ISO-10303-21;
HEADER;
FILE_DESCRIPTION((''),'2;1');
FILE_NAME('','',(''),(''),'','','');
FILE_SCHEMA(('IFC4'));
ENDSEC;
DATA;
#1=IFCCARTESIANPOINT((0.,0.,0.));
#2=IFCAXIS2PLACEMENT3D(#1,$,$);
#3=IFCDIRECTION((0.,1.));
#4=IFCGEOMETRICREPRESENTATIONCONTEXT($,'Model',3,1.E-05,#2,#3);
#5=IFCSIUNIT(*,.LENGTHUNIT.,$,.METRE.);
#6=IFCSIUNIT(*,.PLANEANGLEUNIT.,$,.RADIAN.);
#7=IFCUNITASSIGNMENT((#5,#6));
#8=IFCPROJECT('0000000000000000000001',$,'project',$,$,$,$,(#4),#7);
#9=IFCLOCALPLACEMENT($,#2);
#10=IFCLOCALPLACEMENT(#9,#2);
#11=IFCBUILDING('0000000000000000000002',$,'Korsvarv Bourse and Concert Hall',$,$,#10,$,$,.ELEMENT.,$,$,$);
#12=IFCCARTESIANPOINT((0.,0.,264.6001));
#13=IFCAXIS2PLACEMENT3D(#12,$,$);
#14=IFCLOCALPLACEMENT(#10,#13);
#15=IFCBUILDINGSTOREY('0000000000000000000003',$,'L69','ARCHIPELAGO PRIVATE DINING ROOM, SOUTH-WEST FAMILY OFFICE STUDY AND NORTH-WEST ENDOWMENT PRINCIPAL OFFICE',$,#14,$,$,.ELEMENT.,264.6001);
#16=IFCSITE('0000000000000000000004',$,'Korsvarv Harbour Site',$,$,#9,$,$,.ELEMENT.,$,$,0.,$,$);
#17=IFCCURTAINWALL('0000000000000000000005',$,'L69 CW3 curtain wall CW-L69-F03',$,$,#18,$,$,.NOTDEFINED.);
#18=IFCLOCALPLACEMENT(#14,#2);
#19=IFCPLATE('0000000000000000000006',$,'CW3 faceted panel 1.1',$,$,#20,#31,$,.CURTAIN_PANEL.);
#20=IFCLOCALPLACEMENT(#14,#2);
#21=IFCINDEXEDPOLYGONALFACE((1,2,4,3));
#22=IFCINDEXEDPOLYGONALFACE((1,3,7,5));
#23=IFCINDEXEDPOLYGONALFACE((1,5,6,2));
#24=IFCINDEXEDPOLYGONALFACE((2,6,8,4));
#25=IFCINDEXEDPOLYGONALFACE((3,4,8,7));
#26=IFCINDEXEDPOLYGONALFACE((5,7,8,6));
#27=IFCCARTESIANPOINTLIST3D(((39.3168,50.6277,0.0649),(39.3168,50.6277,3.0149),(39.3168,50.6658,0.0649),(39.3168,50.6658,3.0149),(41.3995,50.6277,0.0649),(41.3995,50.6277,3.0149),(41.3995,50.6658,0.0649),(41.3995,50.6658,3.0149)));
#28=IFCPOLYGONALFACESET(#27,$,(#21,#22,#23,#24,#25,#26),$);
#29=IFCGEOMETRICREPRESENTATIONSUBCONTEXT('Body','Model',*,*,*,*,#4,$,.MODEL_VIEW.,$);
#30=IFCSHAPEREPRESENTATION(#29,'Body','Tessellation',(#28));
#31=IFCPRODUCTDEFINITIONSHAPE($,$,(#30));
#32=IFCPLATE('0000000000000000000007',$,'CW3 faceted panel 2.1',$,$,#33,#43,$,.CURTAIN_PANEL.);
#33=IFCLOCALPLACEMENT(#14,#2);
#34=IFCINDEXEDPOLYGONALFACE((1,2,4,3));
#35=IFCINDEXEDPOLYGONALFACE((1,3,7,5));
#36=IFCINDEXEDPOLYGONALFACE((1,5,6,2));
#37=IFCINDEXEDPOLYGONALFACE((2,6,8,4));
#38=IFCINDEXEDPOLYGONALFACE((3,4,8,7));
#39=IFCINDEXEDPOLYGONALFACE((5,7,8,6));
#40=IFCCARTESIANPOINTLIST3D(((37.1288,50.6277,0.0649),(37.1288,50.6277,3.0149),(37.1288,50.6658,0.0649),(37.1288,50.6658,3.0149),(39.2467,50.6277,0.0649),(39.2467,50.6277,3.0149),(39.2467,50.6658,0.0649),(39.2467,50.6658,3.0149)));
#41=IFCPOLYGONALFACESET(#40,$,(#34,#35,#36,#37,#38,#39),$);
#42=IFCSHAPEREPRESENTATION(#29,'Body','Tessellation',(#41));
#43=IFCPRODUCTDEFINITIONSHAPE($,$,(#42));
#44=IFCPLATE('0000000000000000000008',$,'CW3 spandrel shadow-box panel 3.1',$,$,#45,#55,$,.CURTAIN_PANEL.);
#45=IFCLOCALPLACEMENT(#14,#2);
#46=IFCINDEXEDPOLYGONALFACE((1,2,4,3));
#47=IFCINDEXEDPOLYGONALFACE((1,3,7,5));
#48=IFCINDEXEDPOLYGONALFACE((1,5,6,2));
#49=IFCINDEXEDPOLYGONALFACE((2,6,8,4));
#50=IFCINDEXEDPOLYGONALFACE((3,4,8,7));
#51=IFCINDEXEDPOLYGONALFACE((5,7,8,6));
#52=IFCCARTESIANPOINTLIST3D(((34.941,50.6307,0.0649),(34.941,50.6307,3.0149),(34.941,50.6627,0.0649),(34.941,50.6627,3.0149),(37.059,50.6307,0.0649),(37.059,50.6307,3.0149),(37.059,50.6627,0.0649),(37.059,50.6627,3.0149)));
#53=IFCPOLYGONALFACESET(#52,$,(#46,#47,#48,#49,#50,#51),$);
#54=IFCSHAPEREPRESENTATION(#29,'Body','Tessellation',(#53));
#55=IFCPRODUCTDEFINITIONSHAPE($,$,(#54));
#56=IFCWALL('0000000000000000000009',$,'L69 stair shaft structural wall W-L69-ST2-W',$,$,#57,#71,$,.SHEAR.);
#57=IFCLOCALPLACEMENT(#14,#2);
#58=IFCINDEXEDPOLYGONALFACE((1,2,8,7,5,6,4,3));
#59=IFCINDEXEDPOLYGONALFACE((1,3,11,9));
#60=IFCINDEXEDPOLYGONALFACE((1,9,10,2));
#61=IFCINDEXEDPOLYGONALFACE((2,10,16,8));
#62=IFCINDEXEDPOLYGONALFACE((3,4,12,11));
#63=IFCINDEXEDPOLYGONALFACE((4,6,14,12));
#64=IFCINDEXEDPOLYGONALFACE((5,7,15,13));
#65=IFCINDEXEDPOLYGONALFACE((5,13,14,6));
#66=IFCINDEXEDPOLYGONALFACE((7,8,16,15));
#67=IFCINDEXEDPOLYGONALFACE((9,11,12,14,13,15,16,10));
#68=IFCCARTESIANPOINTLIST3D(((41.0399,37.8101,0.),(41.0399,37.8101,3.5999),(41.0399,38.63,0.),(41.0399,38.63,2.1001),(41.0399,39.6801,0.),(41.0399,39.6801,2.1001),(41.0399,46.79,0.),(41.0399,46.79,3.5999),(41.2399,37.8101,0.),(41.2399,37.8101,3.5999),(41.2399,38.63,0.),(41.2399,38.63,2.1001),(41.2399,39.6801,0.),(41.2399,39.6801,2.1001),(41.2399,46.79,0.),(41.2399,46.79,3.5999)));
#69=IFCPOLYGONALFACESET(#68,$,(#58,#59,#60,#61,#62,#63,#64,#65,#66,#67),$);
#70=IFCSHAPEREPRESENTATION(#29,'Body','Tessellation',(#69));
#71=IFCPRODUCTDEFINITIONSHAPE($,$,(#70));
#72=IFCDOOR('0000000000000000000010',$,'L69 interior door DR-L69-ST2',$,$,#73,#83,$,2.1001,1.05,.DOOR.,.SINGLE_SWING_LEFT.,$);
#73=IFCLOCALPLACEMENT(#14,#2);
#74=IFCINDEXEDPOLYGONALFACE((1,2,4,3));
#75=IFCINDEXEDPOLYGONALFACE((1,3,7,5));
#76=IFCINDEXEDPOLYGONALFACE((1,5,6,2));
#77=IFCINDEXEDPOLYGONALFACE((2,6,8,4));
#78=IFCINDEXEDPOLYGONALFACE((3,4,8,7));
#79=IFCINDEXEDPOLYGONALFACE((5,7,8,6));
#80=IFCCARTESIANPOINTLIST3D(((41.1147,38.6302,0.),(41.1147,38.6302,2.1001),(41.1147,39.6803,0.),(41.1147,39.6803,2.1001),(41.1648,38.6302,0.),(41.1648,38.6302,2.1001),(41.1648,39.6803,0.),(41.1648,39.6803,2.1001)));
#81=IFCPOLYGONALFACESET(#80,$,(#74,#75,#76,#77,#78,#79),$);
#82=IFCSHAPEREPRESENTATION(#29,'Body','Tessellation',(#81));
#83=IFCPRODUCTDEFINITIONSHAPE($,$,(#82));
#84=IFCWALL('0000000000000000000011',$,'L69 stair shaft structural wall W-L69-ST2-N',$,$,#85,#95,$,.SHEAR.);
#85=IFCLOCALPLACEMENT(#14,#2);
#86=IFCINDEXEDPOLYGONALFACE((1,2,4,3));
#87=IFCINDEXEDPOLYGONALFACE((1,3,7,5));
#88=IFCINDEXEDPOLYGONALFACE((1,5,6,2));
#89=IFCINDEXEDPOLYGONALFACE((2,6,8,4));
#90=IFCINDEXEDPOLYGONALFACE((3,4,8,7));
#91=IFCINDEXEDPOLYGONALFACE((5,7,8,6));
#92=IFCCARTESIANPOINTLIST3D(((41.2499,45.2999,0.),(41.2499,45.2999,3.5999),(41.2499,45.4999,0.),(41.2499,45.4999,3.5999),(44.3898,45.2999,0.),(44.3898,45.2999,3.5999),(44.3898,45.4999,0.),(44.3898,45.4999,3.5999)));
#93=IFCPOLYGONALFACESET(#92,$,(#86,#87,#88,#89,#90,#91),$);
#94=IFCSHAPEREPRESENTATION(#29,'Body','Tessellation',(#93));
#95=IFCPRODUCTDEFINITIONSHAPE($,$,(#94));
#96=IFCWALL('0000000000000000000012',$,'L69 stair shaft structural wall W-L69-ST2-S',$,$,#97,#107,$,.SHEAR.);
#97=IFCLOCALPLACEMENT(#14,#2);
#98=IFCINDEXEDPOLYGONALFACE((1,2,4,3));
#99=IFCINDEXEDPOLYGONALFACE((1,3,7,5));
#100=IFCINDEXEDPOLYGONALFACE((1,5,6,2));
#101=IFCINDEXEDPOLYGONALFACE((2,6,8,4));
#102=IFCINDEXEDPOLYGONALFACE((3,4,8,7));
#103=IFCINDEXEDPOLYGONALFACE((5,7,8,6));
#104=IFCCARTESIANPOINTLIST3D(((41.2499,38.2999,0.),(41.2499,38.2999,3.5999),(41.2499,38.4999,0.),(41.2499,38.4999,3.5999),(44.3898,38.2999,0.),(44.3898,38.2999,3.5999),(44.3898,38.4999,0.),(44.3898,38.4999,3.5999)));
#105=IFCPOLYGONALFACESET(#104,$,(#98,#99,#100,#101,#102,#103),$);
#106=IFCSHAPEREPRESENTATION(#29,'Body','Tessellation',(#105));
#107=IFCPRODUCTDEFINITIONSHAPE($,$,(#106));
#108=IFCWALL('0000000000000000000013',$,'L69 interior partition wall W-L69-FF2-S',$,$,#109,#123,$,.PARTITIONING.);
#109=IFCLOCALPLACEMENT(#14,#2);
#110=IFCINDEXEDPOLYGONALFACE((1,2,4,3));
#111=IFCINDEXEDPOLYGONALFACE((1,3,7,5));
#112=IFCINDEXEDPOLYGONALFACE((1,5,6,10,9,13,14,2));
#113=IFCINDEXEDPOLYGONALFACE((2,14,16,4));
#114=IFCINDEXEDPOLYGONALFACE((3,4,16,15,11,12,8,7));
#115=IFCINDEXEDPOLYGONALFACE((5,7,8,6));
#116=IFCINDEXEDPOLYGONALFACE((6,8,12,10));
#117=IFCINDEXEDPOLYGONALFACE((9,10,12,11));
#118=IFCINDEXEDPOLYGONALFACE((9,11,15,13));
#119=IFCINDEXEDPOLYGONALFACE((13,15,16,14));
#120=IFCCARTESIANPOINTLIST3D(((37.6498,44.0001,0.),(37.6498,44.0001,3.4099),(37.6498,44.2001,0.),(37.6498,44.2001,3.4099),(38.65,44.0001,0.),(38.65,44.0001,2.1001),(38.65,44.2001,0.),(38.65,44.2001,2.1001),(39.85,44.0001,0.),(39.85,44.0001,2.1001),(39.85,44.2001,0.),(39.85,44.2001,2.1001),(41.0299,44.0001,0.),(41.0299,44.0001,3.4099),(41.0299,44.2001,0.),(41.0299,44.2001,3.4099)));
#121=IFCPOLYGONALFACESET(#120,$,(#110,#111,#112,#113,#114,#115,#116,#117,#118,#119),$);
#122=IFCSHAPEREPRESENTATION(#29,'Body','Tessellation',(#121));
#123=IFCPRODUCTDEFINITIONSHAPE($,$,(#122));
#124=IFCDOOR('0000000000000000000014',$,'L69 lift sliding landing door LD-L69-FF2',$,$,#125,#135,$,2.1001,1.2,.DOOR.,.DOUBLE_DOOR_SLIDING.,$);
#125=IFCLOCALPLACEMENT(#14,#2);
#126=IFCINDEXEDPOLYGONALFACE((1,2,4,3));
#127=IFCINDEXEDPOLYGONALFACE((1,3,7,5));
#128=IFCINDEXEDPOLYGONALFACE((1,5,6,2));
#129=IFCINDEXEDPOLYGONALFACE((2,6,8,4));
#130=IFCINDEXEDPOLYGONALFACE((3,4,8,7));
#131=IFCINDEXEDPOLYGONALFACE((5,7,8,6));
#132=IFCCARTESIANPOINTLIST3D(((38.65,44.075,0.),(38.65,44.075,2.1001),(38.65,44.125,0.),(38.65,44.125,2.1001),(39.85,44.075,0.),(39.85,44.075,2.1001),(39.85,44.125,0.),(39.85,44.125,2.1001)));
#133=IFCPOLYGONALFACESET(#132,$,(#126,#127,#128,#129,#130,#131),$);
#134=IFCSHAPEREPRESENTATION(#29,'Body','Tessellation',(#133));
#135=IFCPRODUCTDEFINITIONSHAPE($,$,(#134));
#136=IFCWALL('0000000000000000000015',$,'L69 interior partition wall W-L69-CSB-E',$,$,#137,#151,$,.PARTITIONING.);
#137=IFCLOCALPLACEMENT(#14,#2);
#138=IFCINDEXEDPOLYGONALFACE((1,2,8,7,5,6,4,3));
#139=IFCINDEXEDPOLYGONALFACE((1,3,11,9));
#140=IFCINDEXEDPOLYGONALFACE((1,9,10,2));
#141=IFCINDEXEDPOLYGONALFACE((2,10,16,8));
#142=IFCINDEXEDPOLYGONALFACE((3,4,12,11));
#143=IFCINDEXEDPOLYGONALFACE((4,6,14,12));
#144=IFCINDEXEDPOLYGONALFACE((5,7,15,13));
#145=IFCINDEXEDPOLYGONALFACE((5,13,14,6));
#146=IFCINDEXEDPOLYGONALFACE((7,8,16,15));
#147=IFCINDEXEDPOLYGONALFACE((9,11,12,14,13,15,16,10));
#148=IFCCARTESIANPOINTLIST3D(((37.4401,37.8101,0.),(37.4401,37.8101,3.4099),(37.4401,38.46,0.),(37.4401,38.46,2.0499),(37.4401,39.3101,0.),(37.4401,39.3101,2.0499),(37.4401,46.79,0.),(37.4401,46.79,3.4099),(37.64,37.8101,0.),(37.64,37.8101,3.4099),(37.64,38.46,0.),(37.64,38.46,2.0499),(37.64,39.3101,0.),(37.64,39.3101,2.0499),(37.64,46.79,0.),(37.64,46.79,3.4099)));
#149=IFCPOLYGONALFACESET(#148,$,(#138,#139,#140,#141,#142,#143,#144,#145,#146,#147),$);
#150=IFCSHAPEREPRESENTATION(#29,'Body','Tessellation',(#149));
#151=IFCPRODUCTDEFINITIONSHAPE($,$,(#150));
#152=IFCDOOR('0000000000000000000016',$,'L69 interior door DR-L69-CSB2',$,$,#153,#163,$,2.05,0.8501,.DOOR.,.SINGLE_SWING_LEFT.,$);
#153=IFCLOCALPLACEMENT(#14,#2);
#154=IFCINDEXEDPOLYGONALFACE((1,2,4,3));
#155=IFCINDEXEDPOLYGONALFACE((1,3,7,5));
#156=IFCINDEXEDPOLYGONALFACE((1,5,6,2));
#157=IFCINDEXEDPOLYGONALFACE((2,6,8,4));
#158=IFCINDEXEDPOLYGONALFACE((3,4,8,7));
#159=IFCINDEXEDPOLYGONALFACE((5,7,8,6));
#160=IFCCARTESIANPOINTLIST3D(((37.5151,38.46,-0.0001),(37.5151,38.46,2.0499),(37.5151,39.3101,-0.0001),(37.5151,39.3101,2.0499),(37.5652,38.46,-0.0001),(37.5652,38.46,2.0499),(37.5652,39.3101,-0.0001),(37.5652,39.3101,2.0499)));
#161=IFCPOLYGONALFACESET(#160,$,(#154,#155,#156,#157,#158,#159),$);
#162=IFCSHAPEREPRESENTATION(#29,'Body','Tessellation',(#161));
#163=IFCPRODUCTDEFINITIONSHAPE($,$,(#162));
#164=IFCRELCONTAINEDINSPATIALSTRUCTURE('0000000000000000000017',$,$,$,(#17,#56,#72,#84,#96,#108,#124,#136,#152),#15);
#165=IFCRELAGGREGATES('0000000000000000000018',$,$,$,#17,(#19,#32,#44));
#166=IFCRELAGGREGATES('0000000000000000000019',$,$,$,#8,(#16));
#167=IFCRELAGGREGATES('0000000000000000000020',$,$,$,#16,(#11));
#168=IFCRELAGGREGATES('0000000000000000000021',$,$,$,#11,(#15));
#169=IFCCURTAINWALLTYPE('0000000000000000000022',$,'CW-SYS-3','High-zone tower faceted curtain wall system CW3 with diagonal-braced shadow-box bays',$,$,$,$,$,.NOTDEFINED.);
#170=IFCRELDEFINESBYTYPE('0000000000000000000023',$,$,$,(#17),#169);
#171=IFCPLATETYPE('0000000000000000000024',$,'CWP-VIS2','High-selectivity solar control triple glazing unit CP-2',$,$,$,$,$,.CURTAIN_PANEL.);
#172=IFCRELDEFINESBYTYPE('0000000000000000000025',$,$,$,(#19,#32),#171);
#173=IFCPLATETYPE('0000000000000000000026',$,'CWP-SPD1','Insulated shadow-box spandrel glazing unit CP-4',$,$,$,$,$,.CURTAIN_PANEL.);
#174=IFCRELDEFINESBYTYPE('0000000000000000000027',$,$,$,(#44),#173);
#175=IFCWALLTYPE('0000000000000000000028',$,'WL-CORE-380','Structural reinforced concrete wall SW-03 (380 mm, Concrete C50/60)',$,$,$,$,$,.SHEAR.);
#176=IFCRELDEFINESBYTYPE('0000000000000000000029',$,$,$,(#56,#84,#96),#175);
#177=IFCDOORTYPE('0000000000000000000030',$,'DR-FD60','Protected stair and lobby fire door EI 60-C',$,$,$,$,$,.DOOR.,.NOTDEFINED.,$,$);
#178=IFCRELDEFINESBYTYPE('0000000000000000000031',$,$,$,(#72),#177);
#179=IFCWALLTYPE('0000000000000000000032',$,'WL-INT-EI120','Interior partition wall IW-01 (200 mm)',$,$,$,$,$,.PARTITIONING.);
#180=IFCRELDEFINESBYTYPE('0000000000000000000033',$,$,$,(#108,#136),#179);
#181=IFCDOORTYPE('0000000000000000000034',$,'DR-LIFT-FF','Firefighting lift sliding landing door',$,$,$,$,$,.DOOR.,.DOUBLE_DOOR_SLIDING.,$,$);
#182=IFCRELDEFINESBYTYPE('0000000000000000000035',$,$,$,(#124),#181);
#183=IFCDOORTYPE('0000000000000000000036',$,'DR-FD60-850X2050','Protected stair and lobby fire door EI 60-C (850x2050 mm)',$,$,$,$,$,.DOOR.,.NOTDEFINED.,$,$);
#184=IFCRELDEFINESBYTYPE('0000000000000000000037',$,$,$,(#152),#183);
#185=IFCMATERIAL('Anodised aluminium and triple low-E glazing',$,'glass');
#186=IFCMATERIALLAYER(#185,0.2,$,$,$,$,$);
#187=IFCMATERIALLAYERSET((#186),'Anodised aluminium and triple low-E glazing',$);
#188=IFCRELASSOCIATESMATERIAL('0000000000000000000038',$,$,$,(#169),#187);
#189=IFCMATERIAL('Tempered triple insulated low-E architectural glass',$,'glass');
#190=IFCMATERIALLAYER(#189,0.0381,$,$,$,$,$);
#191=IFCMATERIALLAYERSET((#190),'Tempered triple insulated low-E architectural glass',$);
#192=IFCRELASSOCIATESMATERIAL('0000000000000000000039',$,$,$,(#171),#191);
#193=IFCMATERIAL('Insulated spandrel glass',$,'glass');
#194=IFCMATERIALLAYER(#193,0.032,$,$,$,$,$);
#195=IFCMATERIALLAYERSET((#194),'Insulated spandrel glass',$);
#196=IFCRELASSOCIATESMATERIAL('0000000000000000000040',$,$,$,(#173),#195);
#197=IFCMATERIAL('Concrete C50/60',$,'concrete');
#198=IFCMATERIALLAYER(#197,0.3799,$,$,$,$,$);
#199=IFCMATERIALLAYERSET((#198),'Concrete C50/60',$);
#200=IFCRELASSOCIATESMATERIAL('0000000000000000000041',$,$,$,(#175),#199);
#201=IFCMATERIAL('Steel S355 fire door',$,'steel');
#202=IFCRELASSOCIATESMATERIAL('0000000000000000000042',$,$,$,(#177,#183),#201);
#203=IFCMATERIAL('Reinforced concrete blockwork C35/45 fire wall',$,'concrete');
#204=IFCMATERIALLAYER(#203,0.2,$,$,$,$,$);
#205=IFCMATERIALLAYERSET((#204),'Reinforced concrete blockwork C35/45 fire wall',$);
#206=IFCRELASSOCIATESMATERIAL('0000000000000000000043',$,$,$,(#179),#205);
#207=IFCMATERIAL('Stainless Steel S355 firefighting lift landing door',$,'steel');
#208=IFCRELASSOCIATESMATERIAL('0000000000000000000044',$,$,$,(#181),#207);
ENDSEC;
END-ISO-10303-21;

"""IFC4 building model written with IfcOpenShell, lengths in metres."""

from ifc_helpers import new_model, si_unit, direction, frame, frame_2d, origin, origin_2d, place, context, subcontext, project, spatial, rectangle, extrude, source, transform, mapped, material, layer, layer_set, type_object, element, fill, aggregate, save


model = new_model("IFC4")

# Units and contexts
model_context = context("Model", 3, precision=1e-05, world=origin(), true_north=direction((0.0, 1.0)))
body_context = subcontext(model_context, "Body", "Model", "MODEL_VIEW")
ifc_project = project(units=[si_unit("LENGTHUNIT", "METRE"), si_unit("PLANEANGLEUNIT", "RADIAN")], contexts=[model_context])

# Site, building, storey
site_placement = place(None, origin())
site = spatial("IfcSite", under=ifc_project, at=site_placement, Name="Korsvarv Harbour Site", CompositionType="ELEMENT", RefElevation=0.0)
building_placement = place(site_placement, origin())
building = spatial("IfcBuilding", under=site, at=building_placement, Name="Korsvarv Bourse and Concert Hall", CompositionType="ELEMENT")
storey_placement = place(building_placement, frame((0.0, 0.0, 264.6001)))
storey = spatial("IfcBuildingStorey", under=building, at=storey_placement, Name="L69", Description="ARCHIPELAGO PRIVATE DINING ROOM, SOUTH-WEST FAMILY OFFICE STUDY AND NORTH-WEST ENDOWMENT PRINCIPAL OFFICE", CompositionType="ELEMENT", Elevation=264.6001)

# Shared definitions
ifc_material_1 = material(Name="Concrete C50/60", Category="concrete")

# Curtain wall, plates
ifc_material_2 = material(Name="Anodised aluminium and triple low-E glazing", Category="glass")
ifc_layer_1 = layer(ifc_material_2, 0.2)
ifc_layer_set_1 = layer_set([ifc_layer_1], Name="Anodised aluminium and triple low-E glazing")
curtain_wall_type = type_object("IfcCurtainWallType", Name="CW-SYS-3", Description="High-zone tower faceted curtain wall system CW3 with diagonal-braced shadow-box bays", PredefinedType="NOTDEFINED", material=ifc_layer_set_1)
curtain_wall_placement = place(storey_placement, origin())
curtain_wall = element("IfcCurtainWall", 1, at=curtain_wall_placement, inside=storey, type_object=curtain_wall_type, Name="L69 CW3 curtain wall CW-L69-F03", PredefinedType="NOTDEFINED")
ifc_material_3 = material(Name="Tempered triple insulated low-E architectural glass", Category="glass")
ifc_layer_2 = layer(ifc_material_3, 0.0381)
ifc_layer_set_2 = layer_set([ifc_layer_2], Name="Tempered triple insulated low-E architectural glass")
plate_type_1 = type_object("IfcPlateType", Name="CWP-VIS2", Description="High-selectivity solar control triple glazing unit CP-2", PredefinedType="CURTAIN_PANEL", material=ifc_layer_set_2)
shared_shape_1 = source(origin(), body_context, "Body", "SweptSolid", [
    extrude(rectangle(XDim=2.0828, YDim=0.0381, at=origin_2d()), origin(), (0.0, 0.0, 1.0), 2.95),
])
plate_1_placement = place(storey_placement, frame((40.3582, 50.6467, 0.0649), z_axis=(0.0, 0.0, 1.0), x_axis=(-1.0, 0.0, 0.0)))
plate_1 = element("IfcPlate", 2, at=plate_1_placement, type_object=plate_type_1, Name="CW3 faceted panel 1.1", PredefinedType="CURTAIN_PANEL", context=body_context, shape_type="MappedRepresentation", body=[
    mapped(shared_shape_1, transform((0.0, 0.0, 0.0), scale=1.0)),
])
shared_shape_2 = source(origin(), body_context, "Body", "SweptSolid", [
    extrude(rectangle(XDim=2.1179, YDim=0.0381, at=origin_2d()), origin(), (0.0, 0.0, 1.0), 2.95),
])
plate_2_placement = place(storey_placement, frame((38.1877, 50.6467, 0.0649), z_axis=(0.0, 0.0, 1.0), x_axis=(-1.0, 0.0, 0.0)))
plate_2 = element("IfcPlate", 3, at=plate_2_placement, type_object=plate_type_1, Name="CW3 faceted panel 2.1", PredefinedType="CURTAIN_PANEL", context=body_context, shape_type="MappedRepresentation", body=[
    mapped(shared_shape_2, transform((0.0, 0.0, 0.0), scale=1.0)),
])
ifc_material_4 = material(Name="Insulated spandrel glass", Category="glass")
ifc_layer_3 = layer(ifc_material_4, 0.032)
ifc_layer_set_3 = layer_set([ifc_layer_3], Name="Insulated spandrel glass")
plate_type_2 = type_object("IfcPlateType", Name="CWP-SPD1", Description="Insulated shadow-box spandrel glazing unit CP-4", PredefinedType="CURTAIN_PANEL", material=ifc_layer_set_3)
shared_shape_3 = source(origin(), body_context, "Body", "SweptSolid", [
    extrude(rectangle(XDim=2.1179, YDim=0.032, at=origin_2d()), origin(), (0.0, 0.0, 1.0), 2.95),
])
plate_3_placement = place(storey_placement, frame((36.0, 50.6467, 0.0649), z_axis=(0.0, 0.0, 1.0), x_axis=(-1.0, 0.0, 0.0)))
plate_3 = element("IfcPlate", 4, at=plate_3_placement, type_object=plate_type_2, Name="CW3 spandrel shadow-box panel 3.1", PredefinedType="CURTAIN_PANEL", context=body_context, shape_type="MappedRepresentation", body=[
    mapped(shared_shape_3, transform((0.0, 0.0, 0.0), scale=1.0)),
])
aggregate(curtain_wall, [plate_1, plate_2, plate_3])

# Wall, opening, door
ifc_layer_4 = layer(ifc_material_1, 0.3799)
ifc_layer_set_4 = layer_set([ifc_layer_4], Name="Concrete C50/60")
wall_type_1 = type_object("IfcWallType", Name="WL-CORE-380", Description="Structural reinforced concrete wall SW-03 (380 mm, Concrete C50/60)", PredefinedType="SHEAR", material=ifc_layer_set_4)
wall_1_placement = place(storey_placement, frame((41.1399, 37.8101, 0.0), z_axis=(0.0, 0.0, 1.0), x_axis=(0.0, 1.0, 0.0)))
wall_1 = element("IfcWall", 5, at=wall_1_placement, inside=storey, type_object=wall_type_1, Name="L69 stair shaft structural wall W-L69-ST2-W", PredefinedType="SHEAR", context=body_context, shape_type="SweptSolid", body=[
    extrude(rectangle(XDim=8.98, YDim=0.2, at=frame_2d((4.49, 0.0))), origin(), (0.0, 0.0, 1.0), 3.5999),
])
opening_1_placement = place(wall_1_placement, frame((0.8201, 0.0, 0.0)))
opening_1 = element("IfcOpeningElement", 6, at=opening_1_placement, cuts=wall_1, PredefinedType="OPENING", context=body_context, shape_type="SweptSolid", body=[
    extrude(rectangle(XDim=1.05, YDim=2.1001, at=frame_2d((0.5249, 1.05))), frame((0.0, 0.1099, 0.0), z_axis=(0.0, -1.0, 0.0), x_axis=(1.0, 0.0, 0.0)), (0.0, 0.0, 1.0), 0.22),
])
ifc_material_5 = material(Name="Steel S355 fire door", Category="steel")
door_type_1 = type_object("IfcDoorType", Name="DR-FD60", Description="Protected stair and lobby fire door EI 60-C", OperationType="NOTDEFINED", PredefinedType="DOOR", material=ifc_material_5)
door_1_placement = place(opening_1_placement, frame((1.05, 0.0, 0.0), z_axis=(0.0, 0.0, 1.0), x_axis=(-1.0, 0.0, 0.0)))
door_1 = element("IfcDoor", 7, at=door_1_placement, inside=storey, type_object=door_type_1, Name="L69 interior door DR-L69-ST2", OperationType="SINGLE_SWING_LEFT", OverallHeight=2.1001, OverallWidth=1.05, PredefinedType="DOOR", context=body_context, shape_type="SweptSolid", body=[
    extrude(rectangle(XDim=1.05, YDim=2.1001, at=frame_2d((0.5249, 1.05))), frame((0.0, 0.0249, 0.0), z_axis=(0.0, -1.0, 0.0), x_axis=(1.0, 0.0, 0.0)), (0.0, 0.0, 1.0), 0.05),
])
fill(opening_1, door_1)

# Walls
for number, where, z_axis, x_axis, name in (
    (8, (41.25, 45.3999, 0.0), (0.0, 0.0, 1.0), (1.0, 0.0, 0.0), "L69 stair shaft structural wall W-L69-ST2-N"),
    (9, (41.25, 38.3999, 0.0), (0.0, 0.0, 1.0), (1.0, 0.0, 0.0), "L69 stair shaft structural wall W-L69-ST2-S"),
):
    element("IfcWall", number, at=place(storey_placement, frame(where, z_axis=z_axis, x_axis=x_axis)), inside=storey, type_object=wall_type_1, Name=name, PredefinedType="SHEAR", context=body_context, shape_type="SweptSolid", body=[
        extrude(rectangle(XDim=3.1399, YDim=0.2, at=frame_2d((1.5698, 0.0))), origin(), (0.0, 0.0, 1.0), 3.5999),
    ])

# Walls, openings, doors
ifc_material_6 = material(Name="Reinforced concrete blockwork C35/45 fire wall", Category="concrete")
ifc_layer_5 = layer(ifc_material_6, 0.2)
ifc_layer_set_5 = layer_set([ifc_layer_5], Name="Reinforced concrete blockwork C35/45 fire wall")
wall_type_2 = type_object("IfcWallType", Name="WL-INT-EI120", Description="Interior partition wall IW-01 (200 mm)", PredefinedType="PARTITIONING", material=ifc_layer_set_5)
wall_2_placement = place(storey_placement, frame((37.6499, 44.1001, 0.0), z_axis=(0.0, 0.0, 1.0), x_axis=(1.0, 0.0, 0.0)))
wall_2 = element("IfcWall", 10, at=wall_2_placement, inside=storey, type_object=wall_type_2, Name="L69 interior partition wall W-L69-FF2-S", PredefinedType="PARTITIONING", context=body_context, shape_type="SweptSolid", body=[
    extrude(rectangle(XDim=3.3801, YDim=0.2, at=frame_2d((1.6899, 0.0))), origin(), (0.0, 0.0, 1.0), 3.4099),
])
opening_2_placement = place(wall_2_placement, frame((1.0, 0.0, 0.0)))
opening_2 = element("IfcOpeningElement", 11, at=opening_2_placement, cuts=wall_2, PredefinedType="OPENING", context=body_context, shape_type="SweptSolid", body=[
    extrude(rectangle(XDim=1.2, YDim=2.1001, at=frame_2d((0.6001, 1.05))), frame((0.0, 0.1099, 0.0), z_axis=(0.0, -1.0, 0.0), x_axis=(1.0, 0.0, 0.0)), (0.0, 0.0, 1.0), 0.22),
])
ifc_material_7 = material(Name="Stainless Steel S355 firefighting lift landing door", Category="steel")
door_type_2 = type_object("IfcDoorType", Name="DR-LIFT-FF", Description="Firefighting lift sliding landing door", OperationType="DOUBLE_DOOR_SLIDING", PredefinedType="DOOR", material=ifc_material_7)
door_2_placement = place(opening_2_placement, origin())
door_2 = element("IfcDoor", 12, at=door_2_placement, inside=storey, type_object=door_type_2, Name="L69 lift sliding landing door LD-L69-FF2", OperationType="DOUBLE_DOOR_SLIDING", OverallHeight=2.1001, OverallWidth=1.2, PredefinedType="DOOR", context=body_context, shape_type="SweptSolid", body=[
    extrude(rectangle(XDim=1.2, YDim=2.1001, at=frame_2d((0.6001, 1.05))), frame((0.0, 0.0249, 0.0), z_axis=(0.0, -1.0, 0.0), x_axis=(1.0, 0.0, 0.0)), (0.0, 0.0, 1.0), 0.05),
])
fill(opening_2, door_2)
wall_3_placement = place(storey_placement, frame((37.54, 37.8101, 0.0), z_axis=(0.0, 0.0, 1.0), x_axis=(0.0, 1.0, 0.0)))
wall_3 = element("IfcWall", 13, at=wall_3_placement, inside=storey, type_object=wall_type_2, Name="L69 interior partition wall W-L69-CSB-E", PredefinedType="PARTITIONING", context=body_context, shape_type="SweptSolid", body=[
    extrude(rectangle(XDim=8.98, YDim=0.2, at=frame_2d((4.49, 0.0))), origin(), (0.0, 0.0, 1.0), 3.4099),
])
opening_3_placement = place(wall_3_placement, frame((0.6499, 0.0, 0.0)))
opening_3 = element("IfcOpeningElement", 14, at=opening_3_placement, cuts=wall_3, PredefinedType="OPENING", context=body_context, shape_type="SweptSolid", body=[
    extrude(rectangle(XDim=0.8501, YDim=2.05, at=frame_2d((0.425, 1.0249))), frame((0.0, 0.1099, 0.0), z_axis=(0.0, -1.0, 0.0), x_axis=(1.0, 0.0, 0.0)), (0.0, 0.0, 1.0), 0.22),
])
door_type_3 = type_object("IfcDoorType", Name="DR-FD60-850X2050", Description="Protected stair and lobby fire door EI 60-C (850x2050 mm)", OperationType="NOTDEFINED", PredefinedType="DOOR", material=ifc_material_5)
door_3_placement = place(opening_3_placement, origin())
door_3 = element("IfcDoor", 15, at=door_3_placement, inside=storey, type_object=door_type_3, Name="L69 interior door DR-L69-CSB2", OperationType="SINGLE_SWING_LEFT", OverallHeight=2.05, OverallWidth=0.8501, PredefinedType="DOOR", context=body_context, shape_type="SweptSolid", body=[
    extrude(rectangle(XDim=0.8501, YDim=2.05, at=frame_2d((0.425, 1.0249))), frame((0.0, 0.0249, 0.0), z_axis=(0.0, -1.0, 0.0), x_axis=(1.0, 0.0, 0.0)), (0.0, 0.0, 1.0), 0.05),
])
fill(opening_3, door_3)

save(model, "model.ifc")
